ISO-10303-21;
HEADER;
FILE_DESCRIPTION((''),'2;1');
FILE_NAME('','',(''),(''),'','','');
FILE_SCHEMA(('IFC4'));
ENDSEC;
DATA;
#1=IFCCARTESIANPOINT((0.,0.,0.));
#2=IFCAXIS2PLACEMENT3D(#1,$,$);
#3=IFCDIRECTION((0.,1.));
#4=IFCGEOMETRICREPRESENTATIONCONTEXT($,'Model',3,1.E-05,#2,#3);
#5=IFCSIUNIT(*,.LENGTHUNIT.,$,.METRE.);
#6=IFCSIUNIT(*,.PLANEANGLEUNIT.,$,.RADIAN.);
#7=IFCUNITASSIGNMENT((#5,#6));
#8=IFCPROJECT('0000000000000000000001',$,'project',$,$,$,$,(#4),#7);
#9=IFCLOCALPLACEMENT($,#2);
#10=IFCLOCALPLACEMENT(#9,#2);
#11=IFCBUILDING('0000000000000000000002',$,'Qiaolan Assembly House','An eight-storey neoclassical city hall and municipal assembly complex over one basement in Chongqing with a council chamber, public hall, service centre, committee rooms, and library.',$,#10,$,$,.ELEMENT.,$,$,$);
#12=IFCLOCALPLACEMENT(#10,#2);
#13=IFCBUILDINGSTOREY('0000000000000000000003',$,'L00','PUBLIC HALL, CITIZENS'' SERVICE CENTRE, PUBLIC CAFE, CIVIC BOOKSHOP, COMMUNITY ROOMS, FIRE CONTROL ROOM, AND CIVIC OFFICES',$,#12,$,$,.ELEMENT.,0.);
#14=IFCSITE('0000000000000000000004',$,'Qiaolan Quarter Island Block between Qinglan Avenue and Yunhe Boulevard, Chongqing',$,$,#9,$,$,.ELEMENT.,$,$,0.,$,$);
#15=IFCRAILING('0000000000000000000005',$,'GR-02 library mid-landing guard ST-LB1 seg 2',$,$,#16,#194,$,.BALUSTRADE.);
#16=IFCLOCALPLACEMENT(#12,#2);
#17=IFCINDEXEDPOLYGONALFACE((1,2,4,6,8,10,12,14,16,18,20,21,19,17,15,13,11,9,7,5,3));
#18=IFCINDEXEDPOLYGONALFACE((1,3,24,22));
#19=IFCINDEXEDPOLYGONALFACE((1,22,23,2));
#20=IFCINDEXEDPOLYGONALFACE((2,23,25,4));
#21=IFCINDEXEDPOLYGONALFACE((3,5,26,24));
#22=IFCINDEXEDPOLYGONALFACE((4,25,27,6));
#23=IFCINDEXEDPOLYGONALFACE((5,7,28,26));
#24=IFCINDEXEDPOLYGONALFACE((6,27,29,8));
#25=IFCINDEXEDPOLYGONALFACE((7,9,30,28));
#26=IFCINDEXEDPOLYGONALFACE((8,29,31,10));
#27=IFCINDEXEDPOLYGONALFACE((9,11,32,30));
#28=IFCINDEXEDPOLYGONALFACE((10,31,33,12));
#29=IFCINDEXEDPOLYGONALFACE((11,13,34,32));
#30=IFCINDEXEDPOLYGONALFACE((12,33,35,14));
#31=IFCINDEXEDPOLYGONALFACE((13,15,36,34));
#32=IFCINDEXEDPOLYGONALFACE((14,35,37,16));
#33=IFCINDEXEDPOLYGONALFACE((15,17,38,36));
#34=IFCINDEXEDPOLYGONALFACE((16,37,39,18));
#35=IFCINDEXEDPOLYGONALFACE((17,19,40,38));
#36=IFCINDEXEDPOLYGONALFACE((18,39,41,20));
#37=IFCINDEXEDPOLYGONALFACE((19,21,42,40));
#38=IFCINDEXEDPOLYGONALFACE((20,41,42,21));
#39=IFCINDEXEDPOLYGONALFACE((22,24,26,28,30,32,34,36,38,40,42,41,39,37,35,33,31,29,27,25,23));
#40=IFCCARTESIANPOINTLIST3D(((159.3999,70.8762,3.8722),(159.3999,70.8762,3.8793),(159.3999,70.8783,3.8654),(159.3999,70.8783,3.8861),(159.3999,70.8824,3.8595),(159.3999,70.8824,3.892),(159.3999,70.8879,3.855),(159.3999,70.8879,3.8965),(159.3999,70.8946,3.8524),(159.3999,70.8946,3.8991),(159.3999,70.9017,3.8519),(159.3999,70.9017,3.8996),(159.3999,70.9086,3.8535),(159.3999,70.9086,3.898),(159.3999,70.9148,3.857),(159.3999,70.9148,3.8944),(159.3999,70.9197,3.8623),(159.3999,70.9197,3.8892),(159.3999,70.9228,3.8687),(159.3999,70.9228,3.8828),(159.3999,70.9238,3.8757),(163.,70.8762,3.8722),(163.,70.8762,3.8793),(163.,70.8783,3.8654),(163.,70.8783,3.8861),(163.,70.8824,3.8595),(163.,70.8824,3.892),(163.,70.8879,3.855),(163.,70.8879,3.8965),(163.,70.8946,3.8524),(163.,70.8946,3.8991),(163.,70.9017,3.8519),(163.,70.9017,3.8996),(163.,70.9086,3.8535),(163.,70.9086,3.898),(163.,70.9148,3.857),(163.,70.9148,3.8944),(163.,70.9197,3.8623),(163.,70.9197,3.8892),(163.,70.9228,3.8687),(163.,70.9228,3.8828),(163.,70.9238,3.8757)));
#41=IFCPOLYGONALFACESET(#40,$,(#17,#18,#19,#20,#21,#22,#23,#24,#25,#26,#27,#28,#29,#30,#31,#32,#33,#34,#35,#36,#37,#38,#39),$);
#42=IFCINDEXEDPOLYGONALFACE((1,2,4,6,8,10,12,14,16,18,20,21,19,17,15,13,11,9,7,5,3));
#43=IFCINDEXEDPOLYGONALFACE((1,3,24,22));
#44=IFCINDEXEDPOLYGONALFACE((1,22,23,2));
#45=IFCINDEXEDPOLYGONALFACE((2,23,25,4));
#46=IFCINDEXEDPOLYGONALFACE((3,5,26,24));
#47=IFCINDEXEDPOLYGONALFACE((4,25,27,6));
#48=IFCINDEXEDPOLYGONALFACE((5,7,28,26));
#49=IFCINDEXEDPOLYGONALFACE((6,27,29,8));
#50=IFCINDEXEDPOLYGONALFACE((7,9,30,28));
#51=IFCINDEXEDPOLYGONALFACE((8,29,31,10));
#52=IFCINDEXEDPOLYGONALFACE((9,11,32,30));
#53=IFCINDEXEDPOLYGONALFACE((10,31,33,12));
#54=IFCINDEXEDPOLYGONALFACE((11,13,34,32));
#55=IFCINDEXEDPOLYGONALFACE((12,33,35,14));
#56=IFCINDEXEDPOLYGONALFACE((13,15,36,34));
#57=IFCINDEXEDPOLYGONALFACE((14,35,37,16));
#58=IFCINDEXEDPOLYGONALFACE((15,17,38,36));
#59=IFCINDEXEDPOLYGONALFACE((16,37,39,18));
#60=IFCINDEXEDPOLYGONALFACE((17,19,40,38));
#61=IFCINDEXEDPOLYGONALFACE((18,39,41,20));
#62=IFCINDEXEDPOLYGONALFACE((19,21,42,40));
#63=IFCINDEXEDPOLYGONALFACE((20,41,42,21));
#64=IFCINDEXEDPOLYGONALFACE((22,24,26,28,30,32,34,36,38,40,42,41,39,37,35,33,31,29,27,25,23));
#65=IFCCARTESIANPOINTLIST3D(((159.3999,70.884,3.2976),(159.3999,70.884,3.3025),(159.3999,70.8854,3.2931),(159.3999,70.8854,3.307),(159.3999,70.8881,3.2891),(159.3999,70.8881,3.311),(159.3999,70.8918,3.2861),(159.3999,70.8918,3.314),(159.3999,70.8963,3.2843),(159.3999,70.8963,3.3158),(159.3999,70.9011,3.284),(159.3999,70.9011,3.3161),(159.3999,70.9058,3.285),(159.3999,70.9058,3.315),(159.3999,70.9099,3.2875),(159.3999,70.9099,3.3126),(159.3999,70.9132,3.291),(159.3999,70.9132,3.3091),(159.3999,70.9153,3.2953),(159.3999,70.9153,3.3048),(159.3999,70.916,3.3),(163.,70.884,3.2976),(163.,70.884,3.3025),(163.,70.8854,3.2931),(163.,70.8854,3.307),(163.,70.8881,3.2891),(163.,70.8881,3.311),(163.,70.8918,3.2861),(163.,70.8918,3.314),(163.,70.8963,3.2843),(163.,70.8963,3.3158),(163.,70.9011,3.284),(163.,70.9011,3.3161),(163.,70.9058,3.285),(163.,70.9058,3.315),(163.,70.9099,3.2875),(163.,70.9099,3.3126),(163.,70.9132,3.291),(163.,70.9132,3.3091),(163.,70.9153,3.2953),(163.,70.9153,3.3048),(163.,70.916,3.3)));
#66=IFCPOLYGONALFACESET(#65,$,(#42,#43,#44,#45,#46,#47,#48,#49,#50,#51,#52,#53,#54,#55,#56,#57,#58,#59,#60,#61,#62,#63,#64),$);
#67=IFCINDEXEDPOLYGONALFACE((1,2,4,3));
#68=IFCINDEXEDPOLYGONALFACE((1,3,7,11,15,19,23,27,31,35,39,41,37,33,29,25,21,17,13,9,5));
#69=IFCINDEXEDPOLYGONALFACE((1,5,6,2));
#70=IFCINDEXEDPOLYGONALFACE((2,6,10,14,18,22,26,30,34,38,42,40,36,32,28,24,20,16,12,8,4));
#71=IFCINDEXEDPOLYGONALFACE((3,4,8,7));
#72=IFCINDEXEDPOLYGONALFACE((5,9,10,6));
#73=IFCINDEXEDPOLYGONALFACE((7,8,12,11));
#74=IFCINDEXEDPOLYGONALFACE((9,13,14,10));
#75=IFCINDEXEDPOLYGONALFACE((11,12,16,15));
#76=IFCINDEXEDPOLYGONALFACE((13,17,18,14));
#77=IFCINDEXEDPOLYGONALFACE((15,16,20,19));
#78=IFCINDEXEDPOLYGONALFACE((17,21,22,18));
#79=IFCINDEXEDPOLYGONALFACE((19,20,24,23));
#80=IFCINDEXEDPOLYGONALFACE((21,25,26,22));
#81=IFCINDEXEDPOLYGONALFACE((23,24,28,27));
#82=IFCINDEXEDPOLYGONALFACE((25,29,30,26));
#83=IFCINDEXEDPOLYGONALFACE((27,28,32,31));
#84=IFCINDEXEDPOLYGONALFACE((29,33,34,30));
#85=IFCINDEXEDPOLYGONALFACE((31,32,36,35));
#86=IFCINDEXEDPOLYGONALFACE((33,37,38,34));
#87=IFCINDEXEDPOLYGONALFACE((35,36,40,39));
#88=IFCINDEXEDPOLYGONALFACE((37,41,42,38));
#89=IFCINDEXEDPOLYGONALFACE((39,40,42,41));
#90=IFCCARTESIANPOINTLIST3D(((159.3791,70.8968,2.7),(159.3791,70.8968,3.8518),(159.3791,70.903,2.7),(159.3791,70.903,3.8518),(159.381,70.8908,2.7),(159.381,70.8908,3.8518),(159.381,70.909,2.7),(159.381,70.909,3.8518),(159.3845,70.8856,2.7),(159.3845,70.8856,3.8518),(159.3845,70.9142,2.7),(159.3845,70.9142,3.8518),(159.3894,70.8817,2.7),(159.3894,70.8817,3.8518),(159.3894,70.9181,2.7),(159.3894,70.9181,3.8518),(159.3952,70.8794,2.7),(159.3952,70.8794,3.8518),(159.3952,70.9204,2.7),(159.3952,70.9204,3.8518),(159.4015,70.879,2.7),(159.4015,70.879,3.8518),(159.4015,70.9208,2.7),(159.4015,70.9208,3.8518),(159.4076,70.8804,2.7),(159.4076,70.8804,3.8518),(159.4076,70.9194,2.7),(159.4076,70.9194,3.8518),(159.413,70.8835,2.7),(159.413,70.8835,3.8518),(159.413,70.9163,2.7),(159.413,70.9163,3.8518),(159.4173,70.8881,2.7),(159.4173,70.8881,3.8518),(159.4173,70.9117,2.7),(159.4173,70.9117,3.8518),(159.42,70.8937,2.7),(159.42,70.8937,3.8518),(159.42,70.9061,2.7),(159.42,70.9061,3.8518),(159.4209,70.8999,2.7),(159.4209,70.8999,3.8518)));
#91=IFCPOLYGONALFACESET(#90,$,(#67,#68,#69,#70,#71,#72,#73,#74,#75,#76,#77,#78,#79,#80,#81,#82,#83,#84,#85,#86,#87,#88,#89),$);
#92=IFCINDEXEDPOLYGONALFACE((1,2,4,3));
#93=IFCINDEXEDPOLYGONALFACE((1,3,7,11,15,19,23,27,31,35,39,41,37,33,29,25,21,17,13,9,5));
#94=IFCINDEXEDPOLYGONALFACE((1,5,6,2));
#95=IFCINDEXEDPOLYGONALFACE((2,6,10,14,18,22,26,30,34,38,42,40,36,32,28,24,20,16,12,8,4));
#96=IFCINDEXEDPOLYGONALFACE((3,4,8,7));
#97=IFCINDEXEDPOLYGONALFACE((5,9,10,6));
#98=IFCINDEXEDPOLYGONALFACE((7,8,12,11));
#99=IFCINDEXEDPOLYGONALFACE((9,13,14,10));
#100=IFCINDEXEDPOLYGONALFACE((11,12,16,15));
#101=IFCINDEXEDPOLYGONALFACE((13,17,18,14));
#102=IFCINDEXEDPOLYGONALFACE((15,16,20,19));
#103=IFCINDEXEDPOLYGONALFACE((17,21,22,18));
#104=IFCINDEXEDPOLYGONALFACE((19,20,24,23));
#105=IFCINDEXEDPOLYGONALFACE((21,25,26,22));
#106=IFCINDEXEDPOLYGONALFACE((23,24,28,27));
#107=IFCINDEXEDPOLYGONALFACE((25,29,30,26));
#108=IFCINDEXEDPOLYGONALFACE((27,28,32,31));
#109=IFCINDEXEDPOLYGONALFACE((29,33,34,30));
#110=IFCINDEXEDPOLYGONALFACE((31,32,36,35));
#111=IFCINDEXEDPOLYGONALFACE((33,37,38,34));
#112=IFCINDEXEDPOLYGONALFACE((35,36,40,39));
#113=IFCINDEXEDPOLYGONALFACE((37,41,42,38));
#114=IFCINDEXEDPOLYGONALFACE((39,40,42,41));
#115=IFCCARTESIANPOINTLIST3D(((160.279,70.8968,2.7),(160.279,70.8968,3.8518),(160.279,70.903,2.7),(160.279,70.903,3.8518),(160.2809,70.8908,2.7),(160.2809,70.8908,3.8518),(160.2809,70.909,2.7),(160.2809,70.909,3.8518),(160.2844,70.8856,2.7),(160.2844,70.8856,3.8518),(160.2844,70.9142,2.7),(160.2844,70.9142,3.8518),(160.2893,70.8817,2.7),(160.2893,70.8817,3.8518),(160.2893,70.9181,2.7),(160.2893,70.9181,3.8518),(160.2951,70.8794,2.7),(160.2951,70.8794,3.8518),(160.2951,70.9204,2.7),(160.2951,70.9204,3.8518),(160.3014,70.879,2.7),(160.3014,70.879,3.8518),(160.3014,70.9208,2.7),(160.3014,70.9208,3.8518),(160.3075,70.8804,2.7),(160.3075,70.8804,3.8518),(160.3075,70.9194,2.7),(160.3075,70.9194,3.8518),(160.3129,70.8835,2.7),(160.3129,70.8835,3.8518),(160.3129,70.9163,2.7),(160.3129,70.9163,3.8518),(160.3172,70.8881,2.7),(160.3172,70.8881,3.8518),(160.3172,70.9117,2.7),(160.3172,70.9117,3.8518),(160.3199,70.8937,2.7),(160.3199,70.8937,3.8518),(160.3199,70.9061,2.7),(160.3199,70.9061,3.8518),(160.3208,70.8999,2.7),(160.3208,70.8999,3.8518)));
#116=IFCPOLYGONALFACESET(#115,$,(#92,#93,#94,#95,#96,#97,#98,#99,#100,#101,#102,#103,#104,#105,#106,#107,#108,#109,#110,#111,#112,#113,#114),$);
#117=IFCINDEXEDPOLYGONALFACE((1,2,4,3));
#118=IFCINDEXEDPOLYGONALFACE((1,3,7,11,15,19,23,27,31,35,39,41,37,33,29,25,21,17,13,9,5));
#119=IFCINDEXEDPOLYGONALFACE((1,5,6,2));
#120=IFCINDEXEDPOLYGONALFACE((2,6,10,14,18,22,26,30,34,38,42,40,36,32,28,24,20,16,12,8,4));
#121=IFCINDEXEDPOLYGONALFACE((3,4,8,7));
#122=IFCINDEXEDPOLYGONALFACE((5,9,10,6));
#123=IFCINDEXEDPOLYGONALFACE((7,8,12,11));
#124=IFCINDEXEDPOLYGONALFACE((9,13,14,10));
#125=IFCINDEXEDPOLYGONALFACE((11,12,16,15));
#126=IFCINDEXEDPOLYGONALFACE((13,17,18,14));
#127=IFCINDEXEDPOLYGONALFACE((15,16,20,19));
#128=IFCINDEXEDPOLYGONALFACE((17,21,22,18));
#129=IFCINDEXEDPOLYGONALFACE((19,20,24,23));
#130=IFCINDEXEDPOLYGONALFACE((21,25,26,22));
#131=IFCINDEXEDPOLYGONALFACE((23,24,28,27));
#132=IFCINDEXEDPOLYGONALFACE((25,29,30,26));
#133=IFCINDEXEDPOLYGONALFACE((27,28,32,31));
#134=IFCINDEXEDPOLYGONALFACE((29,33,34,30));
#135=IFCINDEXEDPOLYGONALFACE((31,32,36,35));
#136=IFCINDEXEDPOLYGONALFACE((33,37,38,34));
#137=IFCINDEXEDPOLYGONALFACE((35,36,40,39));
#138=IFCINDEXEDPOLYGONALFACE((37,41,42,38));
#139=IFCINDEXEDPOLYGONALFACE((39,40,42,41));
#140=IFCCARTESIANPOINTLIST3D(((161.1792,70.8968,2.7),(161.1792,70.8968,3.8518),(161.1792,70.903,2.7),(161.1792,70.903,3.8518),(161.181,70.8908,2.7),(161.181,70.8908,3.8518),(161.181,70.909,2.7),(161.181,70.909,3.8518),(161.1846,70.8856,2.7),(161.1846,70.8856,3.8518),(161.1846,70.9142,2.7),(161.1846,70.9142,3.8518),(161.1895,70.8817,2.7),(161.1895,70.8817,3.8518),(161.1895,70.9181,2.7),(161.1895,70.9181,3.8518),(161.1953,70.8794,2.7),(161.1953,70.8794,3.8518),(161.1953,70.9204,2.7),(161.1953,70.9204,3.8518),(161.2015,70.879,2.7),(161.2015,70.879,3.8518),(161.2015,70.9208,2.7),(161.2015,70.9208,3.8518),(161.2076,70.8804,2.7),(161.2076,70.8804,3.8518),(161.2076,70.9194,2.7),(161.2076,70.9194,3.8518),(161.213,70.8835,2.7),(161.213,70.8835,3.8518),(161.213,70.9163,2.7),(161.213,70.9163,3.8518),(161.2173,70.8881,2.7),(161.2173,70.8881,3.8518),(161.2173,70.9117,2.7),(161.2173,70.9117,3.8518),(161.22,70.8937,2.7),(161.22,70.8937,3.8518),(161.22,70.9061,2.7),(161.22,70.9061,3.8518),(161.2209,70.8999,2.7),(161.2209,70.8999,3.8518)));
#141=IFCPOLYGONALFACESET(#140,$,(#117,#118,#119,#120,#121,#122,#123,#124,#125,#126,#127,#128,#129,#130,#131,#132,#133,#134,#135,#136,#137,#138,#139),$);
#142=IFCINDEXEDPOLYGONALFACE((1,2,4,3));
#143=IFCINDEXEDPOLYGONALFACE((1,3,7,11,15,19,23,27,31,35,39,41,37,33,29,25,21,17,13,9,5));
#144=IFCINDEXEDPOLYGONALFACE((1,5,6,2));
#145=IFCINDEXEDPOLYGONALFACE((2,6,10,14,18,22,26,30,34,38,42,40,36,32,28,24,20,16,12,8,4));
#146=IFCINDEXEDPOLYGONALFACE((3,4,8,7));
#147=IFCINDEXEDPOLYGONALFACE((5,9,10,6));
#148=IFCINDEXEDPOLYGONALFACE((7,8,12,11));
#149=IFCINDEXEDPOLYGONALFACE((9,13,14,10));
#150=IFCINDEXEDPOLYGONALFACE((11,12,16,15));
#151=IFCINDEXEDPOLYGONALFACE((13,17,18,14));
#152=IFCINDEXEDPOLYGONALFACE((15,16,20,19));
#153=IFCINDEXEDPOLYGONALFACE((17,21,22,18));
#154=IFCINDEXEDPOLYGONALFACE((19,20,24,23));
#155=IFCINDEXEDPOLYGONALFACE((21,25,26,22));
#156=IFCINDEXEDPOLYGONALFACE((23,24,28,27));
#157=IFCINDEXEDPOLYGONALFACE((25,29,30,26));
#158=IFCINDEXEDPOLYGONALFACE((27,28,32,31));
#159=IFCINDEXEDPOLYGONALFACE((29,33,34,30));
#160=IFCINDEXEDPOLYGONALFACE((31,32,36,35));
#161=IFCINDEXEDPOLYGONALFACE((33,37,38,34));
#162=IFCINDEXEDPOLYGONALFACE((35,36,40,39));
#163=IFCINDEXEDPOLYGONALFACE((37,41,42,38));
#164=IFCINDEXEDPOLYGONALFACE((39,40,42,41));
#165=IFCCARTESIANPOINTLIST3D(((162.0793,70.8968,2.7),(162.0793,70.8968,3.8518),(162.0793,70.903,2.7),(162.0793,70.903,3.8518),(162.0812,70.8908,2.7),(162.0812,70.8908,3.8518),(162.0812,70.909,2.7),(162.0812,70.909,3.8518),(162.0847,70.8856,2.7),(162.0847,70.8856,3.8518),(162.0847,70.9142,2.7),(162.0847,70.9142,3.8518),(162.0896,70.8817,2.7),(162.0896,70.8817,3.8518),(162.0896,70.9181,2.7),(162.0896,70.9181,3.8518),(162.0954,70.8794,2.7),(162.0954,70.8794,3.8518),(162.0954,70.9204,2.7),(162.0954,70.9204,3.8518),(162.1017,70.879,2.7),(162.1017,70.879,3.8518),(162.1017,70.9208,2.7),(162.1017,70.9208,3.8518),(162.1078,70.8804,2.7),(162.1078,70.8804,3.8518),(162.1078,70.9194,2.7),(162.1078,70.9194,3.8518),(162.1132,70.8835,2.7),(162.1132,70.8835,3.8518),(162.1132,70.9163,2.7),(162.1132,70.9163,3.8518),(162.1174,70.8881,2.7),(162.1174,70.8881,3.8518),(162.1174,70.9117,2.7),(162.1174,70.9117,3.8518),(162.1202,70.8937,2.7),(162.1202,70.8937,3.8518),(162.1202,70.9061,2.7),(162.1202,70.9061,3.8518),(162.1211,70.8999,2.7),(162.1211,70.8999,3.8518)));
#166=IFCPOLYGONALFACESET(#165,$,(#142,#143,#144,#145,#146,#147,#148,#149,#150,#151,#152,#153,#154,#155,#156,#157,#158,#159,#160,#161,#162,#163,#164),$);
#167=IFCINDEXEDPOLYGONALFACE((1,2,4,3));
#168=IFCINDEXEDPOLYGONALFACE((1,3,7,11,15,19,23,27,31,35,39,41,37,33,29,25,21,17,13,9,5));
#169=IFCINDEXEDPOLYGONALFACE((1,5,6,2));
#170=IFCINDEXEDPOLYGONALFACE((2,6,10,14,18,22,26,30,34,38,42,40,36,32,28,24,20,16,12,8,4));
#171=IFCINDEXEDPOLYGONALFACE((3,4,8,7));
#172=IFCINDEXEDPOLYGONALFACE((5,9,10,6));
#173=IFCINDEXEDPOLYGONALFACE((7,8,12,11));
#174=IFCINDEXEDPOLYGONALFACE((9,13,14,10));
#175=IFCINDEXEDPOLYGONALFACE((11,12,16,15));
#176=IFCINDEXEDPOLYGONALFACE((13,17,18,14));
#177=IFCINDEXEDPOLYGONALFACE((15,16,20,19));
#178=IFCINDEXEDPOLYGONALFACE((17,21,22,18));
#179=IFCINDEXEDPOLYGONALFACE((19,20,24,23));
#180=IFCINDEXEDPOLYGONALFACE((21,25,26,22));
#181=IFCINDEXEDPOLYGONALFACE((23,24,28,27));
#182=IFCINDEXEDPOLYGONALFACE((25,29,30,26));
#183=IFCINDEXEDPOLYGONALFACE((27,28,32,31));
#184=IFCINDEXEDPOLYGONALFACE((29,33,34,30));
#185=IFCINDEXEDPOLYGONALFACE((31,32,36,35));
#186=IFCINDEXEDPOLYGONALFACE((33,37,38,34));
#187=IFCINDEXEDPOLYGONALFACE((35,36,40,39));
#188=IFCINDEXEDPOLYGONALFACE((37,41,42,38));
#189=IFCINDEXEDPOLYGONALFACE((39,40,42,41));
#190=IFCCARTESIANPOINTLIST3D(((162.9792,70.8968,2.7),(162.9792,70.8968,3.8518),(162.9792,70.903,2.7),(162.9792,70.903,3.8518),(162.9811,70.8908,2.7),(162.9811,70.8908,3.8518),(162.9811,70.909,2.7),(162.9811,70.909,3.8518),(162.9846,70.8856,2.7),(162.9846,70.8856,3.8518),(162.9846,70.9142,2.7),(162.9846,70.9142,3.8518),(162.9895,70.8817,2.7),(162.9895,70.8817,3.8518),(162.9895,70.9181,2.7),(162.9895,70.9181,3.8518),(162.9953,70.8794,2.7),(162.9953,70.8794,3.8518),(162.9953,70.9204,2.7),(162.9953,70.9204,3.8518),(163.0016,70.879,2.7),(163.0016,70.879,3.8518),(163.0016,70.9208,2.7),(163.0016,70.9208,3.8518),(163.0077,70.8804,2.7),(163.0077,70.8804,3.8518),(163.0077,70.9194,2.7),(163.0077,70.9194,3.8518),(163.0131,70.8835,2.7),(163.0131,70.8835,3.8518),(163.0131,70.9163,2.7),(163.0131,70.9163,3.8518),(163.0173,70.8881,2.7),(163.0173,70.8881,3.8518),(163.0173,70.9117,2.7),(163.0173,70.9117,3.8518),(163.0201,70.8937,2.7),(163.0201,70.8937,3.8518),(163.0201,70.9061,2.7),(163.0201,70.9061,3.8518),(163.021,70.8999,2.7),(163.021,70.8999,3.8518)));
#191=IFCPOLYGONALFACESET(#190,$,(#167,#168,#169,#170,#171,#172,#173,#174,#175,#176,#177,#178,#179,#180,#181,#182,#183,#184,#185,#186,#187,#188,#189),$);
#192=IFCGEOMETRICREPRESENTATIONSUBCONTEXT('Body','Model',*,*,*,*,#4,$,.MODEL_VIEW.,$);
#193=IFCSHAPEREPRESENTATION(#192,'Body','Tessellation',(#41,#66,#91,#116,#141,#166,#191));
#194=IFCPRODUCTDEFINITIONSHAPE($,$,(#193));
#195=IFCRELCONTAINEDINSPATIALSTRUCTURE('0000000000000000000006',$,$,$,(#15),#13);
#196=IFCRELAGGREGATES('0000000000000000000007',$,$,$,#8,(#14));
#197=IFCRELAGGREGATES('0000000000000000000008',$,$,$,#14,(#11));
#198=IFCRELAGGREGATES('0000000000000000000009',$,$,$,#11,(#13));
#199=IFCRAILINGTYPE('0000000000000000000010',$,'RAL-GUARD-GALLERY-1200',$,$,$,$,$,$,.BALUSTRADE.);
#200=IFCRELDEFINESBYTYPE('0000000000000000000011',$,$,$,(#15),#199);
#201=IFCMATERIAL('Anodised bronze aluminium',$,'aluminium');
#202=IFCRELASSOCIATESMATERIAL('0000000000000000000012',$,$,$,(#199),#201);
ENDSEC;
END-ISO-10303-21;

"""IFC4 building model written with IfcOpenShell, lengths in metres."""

from ifc_helpers import new_model, si_unit, direction, frame, origin, origin_2d, place, context, subcontext, project, spatial, circle, extrude, material, type_object, element, save


model = new_model("IFC4")

# Units and contexts
model_context = context("Model", 3, precision=1e-05, world=origin(), true_north=direction((0.0, 1.0)))
body_context = subcontext(model_context, "Body", "Model", "MODEL_VIEW")
ifc_project = project(units=[si_unit("LENGTHUNIT", "METRE"), si_unit("PLANEANGLEUNIT", "RADIAN")], contexts=[model_context])

# Site, building, storey
site_placement = place(None, origin())
site = spatial("IfcSite", under=ifc_project, at=site_placement, Name="Qiaolan Quarter Island Block between Qinglan Avenue and Yunhe Boulevard, Chongqing", CompositionType="ELEMENT", RefElevation=0.0)
building_placement = place(site_placement, origin())
building = spatial("IfcBuilding", under=site, at=building_placement, Name="Qiaolan Assembly House", Description="An eight-storey neoclassical city hall and municipal assembly complex over one basement in Chongqing with a council chamber, public hall, service centre, committee rooms, and library.", CompositionType="ELEMENT")
storey_placement = place(building_placement, origin())
storey = spatial("IfcBuildingStorey", under=building, at=storey_placement, Name="L00", Description="PUBLIC HALL, CITIZENS' SERVICE CENTRE, PUBLIC CAFE, CIVIC BOOKSHOP, COMMUNITY ROOMS, FIRE CONTROL ROOM, AND CIVIC OFFICES", CompositionType="ELEMENT", Elevation=0.0)

# Railing
ifc_material_1 = material(Name="Anodised bronze aluminium", Category="aluminium")
railing_type = type_object("IfcRailingType", Name="RAL-GUARD-GALLERY-1200", PredefinedType="BALUSTRADE", material=ifc_material_1)
railing_1_placement = place(storey_placement, frame((159.3999, 70.8999, 2.7)))
element("IfcRailing", 1, at=railing_1_placement, inside=storey, type_object=railing_type, Name="GR-02 library mid-landing guard ST-LB1 seg 2", PredefinedType="BALUSTRADE", context=body_context, shape_type="SweptSolid", body=[
    extrude(circle(Radius=0.0239, at=origin_2d()), frame((0.0, 0.0, 1.1758), z_axis=(1.0, 0.0, 0.0), x_axis=(0.0, 1.0, 0.0)), (0.0, 0.0, 1.0), 3.6001),
    extrude(circle(Radius=0.0161, at=origin_2d()), frame((0.0, 0.0, 0.6001), z_axis=(1.0, 0.0, 0.0), x_axis=(0.0, 1.0, 0.0)), (0.0, 0.0, 1.0), 3.6001),
    extrude(circle(Radius=0.021, at=origin_2d()), origin(), (0.0, 0.0, 1.0), 1.1519),
    extrude(circle(Radius=0.021, at=origin_2d()), frame((0.8999, 0.0, 0.0)), (0.0, 0.0, 1.0), 1.1519),
    extrude(circle(Radius=0.021, at=origin_2d()), frame((1.8, 0.0, 0.0)), (0.0, 0.0, 1.0), 1.1519),
    extrude(circle(Radius=0.021, at=origin_2d()), frame((2.7002, 0.0, 0.0)), (0.0, 0.0, 1.0), 1.1519),
    extrude(circle(Radius=0.021, at=origin_2d()), frame((3.6001, 0.0, 0.0)), (0.0, 0.0, 1.0), 1.1519),
])

save(model, "model.ifc")
